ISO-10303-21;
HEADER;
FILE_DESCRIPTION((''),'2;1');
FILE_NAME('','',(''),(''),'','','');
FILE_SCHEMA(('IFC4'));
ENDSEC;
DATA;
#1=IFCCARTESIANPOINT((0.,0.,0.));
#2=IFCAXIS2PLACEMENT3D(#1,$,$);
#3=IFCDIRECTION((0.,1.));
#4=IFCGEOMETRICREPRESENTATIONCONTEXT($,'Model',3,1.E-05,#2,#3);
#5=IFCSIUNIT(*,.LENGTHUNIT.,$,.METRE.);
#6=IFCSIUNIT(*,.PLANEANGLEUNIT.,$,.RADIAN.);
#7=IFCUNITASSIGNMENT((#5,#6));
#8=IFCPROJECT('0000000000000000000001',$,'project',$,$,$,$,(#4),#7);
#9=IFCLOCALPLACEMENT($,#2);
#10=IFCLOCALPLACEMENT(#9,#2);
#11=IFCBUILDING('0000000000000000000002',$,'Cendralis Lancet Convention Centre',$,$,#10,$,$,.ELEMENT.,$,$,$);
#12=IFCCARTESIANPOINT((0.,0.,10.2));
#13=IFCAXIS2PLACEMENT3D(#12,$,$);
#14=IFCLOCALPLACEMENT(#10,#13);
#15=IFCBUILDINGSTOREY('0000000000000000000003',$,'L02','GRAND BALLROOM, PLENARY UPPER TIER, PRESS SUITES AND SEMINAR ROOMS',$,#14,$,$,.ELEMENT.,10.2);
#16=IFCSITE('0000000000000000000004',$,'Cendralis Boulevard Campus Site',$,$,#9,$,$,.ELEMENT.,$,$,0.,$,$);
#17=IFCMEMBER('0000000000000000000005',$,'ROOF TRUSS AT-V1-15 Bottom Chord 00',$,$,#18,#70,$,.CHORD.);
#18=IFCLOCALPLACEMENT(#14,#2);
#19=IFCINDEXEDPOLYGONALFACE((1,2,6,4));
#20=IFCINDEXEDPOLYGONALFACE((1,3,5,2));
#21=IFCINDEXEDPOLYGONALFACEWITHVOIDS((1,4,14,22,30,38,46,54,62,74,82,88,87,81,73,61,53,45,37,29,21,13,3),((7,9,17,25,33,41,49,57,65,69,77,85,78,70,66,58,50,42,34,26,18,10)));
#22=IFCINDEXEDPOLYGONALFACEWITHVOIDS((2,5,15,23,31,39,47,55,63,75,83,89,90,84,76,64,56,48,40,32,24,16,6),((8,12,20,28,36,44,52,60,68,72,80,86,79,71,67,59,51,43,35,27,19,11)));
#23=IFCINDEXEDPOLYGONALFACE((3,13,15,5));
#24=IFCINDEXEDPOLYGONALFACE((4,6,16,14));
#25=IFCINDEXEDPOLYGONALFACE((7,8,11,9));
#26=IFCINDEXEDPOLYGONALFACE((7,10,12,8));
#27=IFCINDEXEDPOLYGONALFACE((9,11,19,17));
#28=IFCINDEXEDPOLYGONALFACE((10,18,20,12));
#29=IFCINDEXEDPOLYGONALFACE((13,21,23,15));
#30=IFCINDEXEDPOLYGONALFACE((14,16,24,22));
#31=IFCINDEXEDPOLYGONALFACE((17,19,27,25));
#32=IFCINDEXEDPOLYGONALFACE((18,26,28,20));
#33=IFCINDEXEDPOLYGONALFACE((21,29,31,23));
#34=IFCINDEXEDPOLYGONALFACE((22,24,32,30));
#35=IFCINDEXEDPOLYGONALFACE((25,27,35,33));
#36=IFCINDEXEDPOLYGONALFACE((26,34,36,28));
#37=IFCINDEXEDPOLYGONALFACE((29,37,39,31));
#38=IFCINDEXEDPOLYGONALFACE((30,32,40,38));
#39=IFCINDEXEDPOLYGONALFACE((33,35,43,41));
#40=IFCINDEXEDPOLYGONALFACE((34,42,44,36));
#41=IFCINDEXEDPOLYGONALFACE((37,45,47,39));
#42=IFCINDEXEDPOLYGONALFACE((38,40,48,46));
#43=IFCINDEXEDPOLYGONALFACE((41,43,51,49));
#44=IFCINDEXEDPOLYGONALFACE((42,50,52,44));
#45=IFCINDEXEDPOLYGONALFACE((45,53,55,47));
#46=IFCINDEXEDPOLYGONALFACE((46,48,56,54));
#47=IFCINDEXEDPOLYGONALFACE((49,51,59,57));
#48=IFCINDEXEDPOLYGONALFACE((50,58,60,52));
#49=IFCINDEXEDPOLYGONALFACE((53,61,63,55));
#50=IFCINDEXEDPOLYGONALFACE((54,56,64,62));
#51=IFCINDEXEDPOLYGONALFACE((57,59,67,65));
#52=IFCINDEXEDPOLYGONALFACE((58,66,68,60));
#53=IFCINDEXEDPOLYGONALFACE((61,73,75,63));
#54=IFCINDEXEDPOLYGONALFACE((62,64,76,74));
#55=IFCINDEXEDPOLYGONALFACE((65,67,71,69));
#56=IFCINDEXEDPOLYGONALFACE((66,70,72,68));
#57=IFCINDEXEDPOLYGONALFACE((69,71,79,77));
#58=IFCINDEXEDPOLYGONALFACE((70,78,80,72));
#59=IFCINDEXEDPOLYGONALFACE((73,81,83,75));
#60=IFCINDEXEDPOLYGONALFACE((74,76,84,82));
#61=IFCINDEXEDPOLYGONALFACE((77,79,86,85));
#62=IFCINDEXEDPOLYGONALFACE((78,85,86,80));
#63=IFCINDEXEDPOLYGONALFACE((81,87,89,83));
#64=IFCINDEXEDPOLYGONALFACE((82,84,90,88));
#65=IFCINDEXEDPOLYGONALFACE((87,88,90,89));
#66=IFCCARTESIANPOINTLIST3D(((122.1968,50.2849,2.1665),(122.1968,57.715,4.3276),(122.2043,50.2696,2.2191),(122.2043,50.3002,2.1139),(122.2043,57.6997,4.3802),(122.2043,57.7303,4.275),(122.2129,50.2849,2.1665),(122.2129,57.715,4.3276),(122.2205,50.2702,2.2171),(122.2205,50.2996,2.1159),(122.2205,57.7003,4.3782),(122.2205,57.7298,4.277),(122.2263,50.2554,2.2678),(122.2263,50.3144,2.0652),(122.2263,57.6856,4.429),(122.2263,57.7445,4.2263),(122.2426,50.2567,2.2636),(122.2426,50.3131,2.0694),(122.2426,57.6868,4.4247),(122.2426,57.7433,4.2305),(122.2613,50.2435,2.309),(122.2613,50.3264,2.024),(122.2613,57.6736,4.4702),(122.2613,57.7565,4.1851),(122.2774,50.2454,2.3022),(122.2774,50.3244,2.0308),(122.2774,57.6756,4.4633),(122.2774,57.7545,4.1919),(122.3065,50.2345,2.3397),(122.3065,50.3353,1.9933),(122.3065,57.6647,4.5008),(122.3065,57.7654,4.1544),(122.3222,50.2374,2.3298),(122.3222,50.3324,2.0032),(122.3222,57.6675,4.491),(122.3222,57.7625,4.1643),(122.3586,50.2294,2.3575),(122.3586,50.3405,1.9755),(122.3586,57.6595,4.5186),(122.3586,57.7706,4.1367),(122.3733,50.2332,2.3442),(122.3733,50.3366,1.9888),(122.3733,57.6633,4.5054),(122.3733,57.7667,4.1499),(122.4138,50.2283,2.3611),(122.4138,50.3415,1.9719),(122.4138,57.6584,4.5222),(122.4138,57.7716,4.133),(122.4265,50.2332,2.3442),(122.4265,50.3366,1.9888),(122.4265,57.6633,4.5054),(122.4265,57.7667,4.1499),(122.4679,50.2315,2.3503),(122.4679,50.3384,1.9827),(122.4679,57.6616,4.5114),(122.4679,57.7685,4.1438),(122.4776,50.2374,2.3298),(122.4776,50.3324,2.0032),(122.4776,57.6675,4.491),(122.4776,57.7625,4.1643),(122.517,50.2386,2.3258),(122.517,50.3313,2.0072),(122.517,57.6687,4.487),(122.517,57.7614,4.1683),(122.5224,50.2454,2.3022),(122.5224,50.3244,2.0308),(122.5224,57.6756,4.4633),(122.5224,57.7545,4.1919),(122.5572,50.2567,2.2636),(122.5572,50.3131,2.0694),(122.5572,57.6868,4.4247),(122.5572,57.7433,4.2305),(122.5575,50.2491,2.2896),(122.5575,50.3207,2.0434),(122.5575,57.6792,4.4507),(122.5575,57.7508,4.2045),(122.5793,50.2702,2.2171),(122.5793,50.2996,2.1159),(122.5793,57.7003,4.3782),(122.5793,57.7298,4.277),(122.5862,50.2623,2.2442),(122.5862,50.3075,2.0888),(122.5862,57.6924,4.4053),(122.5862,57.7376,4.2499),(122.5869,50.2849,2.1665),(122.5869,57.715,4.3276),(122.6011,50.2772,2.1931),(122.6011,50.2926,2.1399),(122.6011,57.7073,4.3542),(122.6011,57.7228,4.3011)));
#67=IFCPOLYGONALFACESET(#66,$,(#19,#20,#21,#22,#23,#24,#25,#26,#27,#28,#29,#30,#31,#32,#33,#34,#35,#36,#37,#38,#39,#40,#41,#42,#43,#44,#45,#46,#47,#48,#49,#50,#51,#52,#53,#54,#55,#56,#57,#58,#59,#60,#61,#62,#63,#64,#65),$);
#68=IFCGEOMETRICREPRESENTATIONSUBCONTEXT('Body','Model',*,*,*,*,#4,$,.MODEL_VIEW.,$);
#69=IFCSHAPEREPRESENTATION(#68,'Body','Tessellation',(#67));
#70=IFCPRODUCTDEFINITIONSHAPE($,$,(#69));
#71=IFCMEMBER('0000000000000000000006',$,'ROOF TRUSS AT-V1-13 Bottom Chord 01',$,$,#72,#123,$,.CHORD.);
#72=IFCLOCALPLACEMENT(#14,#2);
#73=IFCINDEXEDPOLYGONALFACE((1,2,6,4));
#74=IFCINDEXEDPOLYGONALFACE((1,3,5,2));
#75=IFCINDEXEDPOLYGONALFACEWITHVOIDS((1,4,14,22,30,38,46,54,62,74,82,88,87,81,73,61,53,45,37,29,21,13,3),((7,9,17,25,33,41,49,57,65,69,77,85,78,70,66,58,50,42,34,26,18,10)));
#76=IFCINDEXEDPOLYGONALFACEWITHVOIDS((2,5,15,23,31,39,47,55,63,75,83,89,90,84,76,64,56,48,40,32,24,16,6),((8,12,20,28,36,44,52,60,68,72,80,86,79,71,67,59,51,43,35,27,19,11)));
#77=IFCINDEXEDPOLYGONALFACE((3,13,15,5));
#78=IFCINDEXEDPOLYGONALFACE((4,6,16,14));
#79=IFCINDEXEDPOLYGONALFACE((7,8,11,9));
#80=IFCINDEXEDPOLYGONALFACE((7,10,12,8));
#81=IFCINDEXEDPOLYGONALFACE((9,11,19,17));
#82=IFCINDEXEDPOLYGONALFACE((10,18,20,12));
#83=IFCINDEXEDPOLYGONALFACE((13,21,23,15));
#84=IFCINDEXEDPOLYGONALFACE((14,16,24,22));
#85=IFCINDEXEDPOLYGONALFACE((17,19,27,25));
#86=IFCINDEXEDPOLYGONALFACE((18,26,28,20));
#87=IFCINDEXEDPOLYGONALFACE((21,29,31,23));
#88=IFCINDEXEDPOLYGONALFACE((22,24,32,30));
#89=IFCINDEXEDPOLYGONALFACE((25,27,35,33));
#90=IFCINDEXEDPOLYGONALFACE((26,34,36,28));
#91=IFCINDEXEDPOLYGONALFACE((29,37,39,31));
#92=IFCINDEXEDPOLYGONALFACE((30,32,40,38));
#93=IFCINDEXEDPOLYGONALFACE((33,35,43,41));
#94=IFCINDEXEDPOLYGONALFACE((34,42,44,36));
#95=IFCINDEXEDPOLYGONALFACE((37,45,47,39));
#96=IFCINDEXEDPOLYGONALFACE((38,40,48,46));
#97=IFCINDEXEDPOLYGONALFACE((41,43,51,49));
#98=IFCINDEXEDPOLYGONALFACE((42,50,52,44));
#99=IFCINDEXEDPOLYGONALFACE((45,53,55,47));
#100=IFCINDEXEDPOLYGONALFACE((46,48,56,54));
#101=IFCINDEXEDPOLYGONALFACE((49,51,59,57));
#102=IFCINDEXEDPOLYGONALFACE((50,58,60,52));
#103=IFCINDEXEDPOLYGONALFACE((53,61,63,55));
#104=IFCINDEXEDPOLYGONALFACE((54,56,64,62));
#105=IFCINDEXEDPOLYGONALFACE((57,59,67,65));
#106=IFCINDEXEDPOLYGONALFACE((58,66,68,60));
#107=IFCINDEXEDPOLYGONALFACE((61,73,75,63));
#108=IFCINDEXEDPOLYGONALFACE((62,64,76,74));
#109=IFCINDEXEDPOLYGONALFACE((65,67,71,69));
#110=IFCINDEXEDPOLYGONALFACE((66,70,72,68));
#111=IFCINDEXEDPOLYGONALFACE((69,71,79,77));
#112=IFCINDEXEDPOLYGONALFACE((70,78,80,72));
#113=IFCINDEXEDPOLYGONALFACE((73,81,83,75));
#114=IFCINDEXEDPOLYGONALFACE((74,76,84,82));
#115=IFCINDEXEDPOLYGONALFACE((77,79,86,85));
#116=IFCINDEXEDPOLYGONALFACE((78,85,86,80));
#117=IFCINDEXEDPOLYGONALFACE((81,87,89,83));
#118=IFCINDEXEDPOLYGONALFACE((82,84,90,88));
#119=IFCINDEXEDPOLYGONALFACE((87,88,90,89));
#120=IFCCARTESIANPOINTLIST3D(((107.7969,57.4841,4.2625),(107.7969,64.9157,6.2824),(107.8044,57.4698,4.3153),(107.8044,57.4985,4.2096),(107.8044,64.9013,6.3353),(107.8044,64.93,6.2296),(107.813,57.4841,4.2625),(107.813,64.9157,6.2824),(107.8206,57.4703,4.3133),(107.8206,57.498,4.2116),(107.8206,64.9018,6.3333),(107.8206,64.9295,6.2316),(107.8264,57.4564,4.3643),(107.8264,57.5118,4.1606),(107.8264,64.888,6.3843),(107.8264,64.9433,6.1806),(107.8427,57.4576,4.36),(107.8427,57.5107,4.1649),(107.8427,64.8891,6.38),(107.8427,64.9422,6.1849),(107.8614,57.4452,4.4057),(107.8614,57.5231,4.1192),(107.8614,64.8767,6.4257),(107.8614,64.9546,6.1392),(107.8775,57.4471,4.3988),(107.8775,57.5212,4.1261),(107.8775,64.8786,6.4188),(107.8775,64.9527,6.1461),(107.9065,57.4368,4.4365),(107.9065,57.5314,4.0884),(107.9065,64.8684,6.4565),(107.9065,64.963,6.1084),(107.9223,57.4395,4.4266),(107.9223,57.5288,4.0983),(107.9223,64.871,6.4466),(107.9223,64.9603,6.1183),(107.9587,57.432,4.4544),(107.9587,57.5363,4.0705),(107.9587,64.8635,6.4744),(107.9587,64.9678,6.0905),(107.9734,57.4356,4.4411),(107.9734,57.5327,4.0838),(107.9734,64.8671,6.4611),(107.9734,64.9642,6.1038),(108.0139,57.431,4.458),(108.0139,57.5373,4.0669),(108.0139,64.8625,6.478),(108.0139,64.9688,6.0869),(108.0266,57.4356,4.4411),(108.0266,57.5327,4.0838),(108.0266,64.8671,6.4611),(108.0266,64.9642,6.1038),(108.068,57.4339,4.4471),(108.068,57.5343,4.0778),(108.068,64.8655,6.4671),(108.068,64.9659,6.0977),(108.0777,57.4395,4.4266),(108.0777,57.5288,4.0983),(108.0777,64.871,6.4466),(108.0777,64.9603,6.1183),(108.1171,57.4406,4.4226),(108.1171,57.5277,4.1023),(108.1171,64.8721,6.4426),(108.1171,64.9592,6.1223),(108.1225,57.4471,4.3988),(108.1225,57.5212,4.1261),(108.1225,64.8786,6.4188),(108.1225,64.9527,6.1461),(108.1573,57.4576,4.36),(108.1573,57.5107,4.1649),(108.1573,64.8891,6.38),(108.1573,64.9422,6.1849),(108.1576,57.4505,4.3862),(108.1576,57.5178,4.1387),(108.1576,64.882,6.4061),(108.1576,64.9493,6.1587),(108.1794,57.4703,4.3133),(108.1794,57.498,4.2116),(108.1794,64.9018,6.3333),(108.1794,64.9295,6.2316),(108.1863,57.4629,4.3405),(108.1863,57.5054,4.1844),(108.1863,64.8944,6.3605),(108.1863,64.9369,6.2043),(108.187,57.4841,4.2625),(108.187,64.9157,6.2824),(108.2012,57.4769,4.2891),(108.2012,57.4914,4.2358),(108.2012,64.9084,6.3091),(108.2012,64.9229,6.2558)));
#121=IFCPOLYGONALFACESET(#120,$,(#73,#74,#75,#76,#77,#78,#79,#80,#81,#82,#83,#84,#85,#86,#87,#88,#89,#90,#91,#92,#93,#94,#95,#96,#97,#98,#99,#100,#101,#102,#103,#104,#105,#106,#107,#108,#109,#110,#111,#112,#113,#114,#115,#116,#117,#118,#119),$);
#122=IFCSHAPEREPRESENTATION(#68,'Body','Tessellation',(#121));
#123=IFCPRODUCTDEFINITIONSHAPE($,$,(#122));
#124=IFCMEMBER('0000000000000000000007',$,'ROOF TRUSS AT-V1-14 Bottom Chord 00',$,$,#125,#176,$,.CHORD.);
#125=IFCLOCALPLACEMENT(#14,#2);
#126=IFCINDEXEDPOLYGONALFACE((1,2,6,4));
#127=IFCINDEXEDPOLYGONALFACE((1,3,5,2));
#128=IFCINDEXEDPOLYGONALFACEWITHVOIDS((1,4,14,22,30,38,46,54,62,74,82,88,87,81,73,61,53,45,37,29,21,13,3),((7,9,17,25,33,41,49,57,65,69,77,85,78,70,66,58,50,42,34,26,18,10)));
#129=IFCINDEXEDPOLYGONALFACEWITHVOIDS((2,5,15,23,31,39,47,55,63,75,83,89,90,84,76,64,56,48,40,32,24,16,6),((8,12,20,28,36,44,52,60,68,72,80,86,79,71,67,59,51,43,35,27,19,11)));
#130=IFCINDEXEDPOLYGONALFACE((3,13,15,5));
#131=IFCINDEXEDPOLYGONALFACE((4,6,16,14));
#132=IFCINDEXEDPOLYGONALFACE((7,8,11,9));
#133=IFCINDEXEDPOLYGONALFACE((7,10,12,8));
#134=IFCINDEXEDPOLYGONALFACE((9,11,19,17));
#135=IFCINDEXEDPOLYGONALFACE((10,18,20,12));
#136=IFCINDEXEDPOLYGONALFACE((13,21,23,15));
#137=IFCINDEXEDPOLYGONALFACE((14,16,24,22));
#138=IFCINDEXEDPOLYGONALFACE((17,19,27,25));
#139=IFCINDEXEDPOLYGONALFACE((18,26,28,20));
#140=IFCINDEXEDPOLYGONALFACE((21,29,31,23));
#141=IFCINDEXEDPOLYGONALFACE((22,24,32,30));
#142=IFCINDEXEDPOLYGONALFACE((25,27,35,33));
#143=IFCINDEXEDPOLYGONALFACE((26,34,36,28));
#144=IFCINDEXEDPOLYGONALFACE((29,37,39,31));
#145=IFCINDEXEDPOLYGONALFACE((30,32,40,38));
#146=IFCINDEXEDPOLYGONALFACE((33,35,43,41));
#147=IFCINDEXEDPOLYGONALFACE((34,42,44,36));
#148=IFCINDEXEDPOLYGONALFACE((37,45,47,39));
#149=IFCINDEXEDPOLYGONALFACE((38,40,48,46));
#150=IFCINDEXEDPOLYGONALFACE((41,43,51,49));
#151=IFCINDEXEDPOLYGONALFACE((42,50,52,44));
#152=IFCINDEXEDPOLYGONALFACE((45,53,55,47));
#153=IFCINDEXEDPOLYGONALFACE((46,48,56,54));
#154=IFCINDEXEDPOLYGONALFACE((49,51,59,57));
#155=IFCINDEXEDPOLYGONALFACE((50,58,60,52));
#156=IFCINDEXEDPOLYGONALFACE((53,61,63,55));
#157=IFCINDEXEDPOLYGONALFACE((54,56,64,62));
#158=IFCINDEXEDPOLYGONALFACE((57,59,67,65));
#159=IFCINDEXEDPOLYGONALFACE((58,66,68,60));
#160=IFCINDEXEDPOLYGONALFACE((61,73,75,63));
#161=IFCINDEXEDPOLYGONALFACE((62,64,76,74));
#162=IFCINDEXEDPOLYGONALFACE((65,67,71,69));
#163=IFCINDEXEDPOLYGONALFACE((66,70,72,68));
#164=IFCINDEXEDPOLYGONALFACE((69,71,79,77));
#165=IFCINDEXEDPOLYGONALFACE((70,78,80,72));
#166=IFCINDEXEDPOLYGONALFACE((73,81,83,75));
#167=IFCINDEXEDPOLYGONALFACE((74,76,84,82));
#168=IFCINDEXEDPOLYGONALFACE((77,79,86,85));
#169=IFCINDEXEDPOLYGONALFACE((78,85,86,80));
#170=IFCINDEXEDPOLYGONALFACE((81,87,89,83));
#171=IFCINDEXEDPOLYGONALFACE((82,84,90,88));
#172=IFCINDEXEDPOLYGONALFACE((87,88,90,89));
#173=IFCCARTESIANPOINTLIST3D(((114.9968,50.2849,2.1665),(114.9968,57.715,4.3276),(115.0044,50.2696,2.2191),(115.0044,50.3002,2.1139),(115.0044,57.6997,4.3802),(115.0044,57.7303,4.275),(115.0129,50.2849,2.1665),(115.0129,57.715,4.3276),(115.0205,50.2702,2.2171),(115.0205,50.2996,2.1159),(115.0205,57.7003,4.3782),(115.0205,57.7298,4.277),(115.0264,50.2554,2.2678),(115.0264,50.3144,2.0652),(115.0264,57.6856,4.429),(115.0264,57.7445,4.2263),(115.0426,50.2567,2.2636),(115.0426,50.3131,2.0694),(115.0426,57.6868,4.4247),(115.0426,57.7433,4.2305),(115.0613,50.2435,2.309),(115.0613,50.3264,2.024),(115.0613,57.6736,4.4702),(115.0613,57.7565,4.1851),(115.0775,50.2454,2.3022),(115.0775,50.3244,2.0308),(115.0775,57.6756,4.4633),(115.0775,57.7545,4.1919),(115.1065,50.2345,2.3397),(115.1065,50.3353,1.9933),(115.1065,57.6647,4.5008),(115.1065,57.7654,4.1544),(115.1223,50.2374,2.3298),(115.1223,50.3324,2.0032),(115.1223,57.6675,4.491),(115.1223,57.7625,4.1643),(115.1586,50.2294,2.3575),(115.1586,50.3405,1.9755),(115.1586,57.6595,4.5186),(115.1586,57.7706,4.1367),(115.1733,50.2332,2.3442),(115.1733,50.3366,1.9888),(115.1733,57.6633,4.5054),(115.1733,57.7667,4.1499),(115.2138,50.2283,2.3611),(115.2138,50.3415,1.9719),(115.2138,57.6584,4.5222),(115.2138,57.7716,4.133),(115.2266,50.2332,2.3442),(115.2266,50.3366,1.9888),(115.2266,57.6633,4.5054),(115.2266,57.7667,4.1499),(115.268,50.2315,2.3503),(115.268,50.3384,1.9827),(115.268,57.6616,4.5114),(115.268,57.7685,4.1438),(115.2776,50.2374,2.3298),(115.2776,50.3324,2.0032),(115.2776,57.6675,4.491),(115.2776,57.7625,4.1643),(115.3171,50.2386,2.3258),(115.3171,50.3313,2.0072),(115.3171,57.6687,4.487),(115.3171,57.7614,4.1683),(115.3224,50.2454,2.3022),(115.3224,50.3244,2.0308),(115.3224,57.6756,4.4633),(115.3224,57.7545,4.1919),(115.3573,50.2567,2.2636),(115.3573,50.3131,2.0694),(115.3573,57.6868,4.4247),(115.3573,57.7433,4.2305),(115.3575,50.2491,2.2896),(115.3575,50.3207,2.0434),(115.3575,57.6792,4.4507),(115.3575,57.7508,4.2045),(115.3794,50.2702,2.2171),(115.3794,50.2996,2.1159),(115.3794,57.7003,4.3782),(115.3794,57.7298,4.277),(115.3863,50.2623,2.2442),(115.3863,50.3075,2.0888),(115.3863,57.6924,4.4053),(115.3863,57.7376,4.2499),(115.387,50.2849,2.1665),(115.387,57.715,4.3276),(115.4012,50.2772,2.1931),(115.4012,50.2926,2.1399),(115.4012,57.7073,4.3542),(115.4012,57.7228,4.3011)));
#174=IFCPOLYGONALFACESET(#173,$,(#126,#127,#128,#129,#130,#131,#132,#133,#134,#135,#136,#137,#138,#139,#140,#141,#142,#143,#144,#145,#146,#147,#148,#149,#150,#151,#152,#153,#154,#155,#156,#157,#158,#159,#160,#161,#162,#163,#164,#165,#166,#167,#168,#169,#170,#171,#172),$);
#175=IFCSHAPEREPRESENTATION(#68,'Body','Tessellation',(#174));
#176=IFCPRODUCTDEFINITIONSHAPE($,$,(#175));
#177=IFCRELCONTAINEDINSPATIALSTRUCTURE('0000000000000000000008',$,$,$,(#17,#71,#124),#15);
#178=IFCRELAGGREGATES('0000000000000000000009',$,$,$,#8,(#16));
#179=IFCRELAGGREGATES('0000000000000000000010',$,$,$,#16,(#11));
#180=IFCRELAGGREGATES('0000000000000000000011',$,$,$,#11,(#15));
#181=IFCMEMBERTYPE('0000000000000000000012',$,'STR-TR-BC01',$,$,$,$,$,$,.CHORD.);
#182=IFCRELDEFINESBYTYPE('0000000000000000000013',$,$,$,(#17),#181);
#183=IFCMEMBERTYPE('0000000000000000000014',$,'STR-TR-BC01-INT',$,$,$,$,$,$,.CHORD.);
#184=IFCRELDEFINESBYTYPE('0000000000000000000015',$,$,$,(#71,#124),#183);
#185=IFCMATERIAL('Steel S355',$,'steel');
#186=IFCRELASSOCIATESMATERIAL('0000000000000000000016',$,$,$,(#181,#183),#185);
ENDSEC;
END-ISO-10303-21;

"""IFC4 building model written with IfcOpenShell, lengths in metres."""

from ifc_helpers import new_model, si_unit, direction, frame, origin, origin_2d, place, context, subcontext, project, spatial, hollow_circle, extrude, material, material_profile, profile_set, type_object, element, save


model = new_model("IFC4")

# Units and contexts
model_context = context("Model", 3, precision=1e-05, world=origin(), true_north=direction((0.0, 1.0)))
body_context = subcontext(model_context, "Body", "Model", "MODEL_VIEW")
ifc_project = project(units=[si_unit("LENGTHUNIT", "METRE"), si_unit("PLANEANGLEUNIT", "RADIAN")], contexts=[model_context])

# Site, building, storey
site_placement = place(None, origin())
site = spatial("IfcSite", under=ifc_project, at=site_placement, Name="Cendralis Boulevard Campus Site", CompositionType="ELEMENT", RefElevation=0.0)
building_placement = place(site_placement, origin())
building = spatial("IfcBuilding", under=site, at=building_placement, Name="Cendralis Lancet Convention Centre", CompositionType="ELEMENT")
storey_placement = place(building_placement, frame((0.0, 0.0, 10.2)))
storey = spatial("IfcBuildingStorey", under=building, at=storey_placement, Name="L02", Description="GRAND BALLROOM, PLENARY UPPER TIER, PRESS SUITES AND SEMINAR ROOMS", CompositionType="ELEMENT", Elevation=10.2)

# Members
ifc_material_1 = material(Name="Steel S355", Category="steel")
ifc_material_profile_1 = material_profile(ifc_material_1, hollow_circle(Radius=0.2031, WallThickness=0.0161, at=origin_2d()), Name="CHS 406.4x16.0")
ifc_profile_set_1 = profile_set([ifc_material_profile_1], Name="Steel S355")
member_type_1 = type_object("IfcMemberType", Name="STR-TR-BC01", PredefinedType="CHORD", material=ifc_profile_set_1)
member_1_placement = place(storey_placement, frame((122.3999, 50.2849, 2.1665), z_axis=(0.0, 0.960208, 0.279285), x_axis=(-1.0, 0.0, 0.0)))
element("IfcMember", 1, at=member_1_placement, inside=storey, type_object=member_type_1, Name="ROOF TRUSS AT-V1-15 Bottom Chord 00", PredefinedType="CHORD", context=body_context, shape_type="SweptSolid", body=[
    extrude(hollow_circle(Radius=0.2031, WallThickness=0.0161, at=origin_2d()), origin(), (0.0, 0.0, 1.0), 7.738),
])
ifc_material_profile_2 = material_profile(ifc_material_1, hollow_circle(Radius=0.2031, WallThickness=0.0161, at=origin_2d()), Name="CHS 406.4x16.0")
ifc_profile_set_2 = profile_set([ifc_material_profile_2], Name="Steel S355")
member_type_2 = type_object("IfcMemberType", Name="STR-TR-BC01-INT", PredefinedType="CHORD", material=ifc_profile_set_2)
member_2_placement = place(storey_placement, frame((108.0, 57.4841, 4.2625), z_axis=(0.0, 0.964987, 0.262296), x_axis=(-1.0, 0.0, 0.0)))
element("IfcMember", 2, at=member_2_placement, inside=storey, type_object=member_type_2, Name="ROOF TRUSS AT-V1-13 Bottom Chord 01", PredefinedType="CHORD", context=body_context, shape_type="SweptSolid", body=[
    extrude(hollow_circle(Radius=0.2031, WallThickness=0.0161, at=origin_2d()), origin(), (0.0, 0.0, 1.0), 7.7012),
])
member_3_placement = place(storey_placement, frame((115.2, 50.2849, 2.1665), z_axis=(0.0, 0.960208, 0.279285), x_axis=(-1.0, 0.0, 0.0)))
element("IfcMember", 3, at=member_3_placement, inside=storey, type_object=member_type_2, Name="ROOF TRUSS AT-V1-14 Bottom Chord 00", PredefinedType="CHORD", context=body_context, shape_type="SweptSolid", body=[
    extrude(hollow_circle(Radius=0.2031, WallThickness=0.0161, at=origin_2d()), origin(), (0.0, 0.0, 1.0), 7.738),
])

save(model, "model.ifc")
